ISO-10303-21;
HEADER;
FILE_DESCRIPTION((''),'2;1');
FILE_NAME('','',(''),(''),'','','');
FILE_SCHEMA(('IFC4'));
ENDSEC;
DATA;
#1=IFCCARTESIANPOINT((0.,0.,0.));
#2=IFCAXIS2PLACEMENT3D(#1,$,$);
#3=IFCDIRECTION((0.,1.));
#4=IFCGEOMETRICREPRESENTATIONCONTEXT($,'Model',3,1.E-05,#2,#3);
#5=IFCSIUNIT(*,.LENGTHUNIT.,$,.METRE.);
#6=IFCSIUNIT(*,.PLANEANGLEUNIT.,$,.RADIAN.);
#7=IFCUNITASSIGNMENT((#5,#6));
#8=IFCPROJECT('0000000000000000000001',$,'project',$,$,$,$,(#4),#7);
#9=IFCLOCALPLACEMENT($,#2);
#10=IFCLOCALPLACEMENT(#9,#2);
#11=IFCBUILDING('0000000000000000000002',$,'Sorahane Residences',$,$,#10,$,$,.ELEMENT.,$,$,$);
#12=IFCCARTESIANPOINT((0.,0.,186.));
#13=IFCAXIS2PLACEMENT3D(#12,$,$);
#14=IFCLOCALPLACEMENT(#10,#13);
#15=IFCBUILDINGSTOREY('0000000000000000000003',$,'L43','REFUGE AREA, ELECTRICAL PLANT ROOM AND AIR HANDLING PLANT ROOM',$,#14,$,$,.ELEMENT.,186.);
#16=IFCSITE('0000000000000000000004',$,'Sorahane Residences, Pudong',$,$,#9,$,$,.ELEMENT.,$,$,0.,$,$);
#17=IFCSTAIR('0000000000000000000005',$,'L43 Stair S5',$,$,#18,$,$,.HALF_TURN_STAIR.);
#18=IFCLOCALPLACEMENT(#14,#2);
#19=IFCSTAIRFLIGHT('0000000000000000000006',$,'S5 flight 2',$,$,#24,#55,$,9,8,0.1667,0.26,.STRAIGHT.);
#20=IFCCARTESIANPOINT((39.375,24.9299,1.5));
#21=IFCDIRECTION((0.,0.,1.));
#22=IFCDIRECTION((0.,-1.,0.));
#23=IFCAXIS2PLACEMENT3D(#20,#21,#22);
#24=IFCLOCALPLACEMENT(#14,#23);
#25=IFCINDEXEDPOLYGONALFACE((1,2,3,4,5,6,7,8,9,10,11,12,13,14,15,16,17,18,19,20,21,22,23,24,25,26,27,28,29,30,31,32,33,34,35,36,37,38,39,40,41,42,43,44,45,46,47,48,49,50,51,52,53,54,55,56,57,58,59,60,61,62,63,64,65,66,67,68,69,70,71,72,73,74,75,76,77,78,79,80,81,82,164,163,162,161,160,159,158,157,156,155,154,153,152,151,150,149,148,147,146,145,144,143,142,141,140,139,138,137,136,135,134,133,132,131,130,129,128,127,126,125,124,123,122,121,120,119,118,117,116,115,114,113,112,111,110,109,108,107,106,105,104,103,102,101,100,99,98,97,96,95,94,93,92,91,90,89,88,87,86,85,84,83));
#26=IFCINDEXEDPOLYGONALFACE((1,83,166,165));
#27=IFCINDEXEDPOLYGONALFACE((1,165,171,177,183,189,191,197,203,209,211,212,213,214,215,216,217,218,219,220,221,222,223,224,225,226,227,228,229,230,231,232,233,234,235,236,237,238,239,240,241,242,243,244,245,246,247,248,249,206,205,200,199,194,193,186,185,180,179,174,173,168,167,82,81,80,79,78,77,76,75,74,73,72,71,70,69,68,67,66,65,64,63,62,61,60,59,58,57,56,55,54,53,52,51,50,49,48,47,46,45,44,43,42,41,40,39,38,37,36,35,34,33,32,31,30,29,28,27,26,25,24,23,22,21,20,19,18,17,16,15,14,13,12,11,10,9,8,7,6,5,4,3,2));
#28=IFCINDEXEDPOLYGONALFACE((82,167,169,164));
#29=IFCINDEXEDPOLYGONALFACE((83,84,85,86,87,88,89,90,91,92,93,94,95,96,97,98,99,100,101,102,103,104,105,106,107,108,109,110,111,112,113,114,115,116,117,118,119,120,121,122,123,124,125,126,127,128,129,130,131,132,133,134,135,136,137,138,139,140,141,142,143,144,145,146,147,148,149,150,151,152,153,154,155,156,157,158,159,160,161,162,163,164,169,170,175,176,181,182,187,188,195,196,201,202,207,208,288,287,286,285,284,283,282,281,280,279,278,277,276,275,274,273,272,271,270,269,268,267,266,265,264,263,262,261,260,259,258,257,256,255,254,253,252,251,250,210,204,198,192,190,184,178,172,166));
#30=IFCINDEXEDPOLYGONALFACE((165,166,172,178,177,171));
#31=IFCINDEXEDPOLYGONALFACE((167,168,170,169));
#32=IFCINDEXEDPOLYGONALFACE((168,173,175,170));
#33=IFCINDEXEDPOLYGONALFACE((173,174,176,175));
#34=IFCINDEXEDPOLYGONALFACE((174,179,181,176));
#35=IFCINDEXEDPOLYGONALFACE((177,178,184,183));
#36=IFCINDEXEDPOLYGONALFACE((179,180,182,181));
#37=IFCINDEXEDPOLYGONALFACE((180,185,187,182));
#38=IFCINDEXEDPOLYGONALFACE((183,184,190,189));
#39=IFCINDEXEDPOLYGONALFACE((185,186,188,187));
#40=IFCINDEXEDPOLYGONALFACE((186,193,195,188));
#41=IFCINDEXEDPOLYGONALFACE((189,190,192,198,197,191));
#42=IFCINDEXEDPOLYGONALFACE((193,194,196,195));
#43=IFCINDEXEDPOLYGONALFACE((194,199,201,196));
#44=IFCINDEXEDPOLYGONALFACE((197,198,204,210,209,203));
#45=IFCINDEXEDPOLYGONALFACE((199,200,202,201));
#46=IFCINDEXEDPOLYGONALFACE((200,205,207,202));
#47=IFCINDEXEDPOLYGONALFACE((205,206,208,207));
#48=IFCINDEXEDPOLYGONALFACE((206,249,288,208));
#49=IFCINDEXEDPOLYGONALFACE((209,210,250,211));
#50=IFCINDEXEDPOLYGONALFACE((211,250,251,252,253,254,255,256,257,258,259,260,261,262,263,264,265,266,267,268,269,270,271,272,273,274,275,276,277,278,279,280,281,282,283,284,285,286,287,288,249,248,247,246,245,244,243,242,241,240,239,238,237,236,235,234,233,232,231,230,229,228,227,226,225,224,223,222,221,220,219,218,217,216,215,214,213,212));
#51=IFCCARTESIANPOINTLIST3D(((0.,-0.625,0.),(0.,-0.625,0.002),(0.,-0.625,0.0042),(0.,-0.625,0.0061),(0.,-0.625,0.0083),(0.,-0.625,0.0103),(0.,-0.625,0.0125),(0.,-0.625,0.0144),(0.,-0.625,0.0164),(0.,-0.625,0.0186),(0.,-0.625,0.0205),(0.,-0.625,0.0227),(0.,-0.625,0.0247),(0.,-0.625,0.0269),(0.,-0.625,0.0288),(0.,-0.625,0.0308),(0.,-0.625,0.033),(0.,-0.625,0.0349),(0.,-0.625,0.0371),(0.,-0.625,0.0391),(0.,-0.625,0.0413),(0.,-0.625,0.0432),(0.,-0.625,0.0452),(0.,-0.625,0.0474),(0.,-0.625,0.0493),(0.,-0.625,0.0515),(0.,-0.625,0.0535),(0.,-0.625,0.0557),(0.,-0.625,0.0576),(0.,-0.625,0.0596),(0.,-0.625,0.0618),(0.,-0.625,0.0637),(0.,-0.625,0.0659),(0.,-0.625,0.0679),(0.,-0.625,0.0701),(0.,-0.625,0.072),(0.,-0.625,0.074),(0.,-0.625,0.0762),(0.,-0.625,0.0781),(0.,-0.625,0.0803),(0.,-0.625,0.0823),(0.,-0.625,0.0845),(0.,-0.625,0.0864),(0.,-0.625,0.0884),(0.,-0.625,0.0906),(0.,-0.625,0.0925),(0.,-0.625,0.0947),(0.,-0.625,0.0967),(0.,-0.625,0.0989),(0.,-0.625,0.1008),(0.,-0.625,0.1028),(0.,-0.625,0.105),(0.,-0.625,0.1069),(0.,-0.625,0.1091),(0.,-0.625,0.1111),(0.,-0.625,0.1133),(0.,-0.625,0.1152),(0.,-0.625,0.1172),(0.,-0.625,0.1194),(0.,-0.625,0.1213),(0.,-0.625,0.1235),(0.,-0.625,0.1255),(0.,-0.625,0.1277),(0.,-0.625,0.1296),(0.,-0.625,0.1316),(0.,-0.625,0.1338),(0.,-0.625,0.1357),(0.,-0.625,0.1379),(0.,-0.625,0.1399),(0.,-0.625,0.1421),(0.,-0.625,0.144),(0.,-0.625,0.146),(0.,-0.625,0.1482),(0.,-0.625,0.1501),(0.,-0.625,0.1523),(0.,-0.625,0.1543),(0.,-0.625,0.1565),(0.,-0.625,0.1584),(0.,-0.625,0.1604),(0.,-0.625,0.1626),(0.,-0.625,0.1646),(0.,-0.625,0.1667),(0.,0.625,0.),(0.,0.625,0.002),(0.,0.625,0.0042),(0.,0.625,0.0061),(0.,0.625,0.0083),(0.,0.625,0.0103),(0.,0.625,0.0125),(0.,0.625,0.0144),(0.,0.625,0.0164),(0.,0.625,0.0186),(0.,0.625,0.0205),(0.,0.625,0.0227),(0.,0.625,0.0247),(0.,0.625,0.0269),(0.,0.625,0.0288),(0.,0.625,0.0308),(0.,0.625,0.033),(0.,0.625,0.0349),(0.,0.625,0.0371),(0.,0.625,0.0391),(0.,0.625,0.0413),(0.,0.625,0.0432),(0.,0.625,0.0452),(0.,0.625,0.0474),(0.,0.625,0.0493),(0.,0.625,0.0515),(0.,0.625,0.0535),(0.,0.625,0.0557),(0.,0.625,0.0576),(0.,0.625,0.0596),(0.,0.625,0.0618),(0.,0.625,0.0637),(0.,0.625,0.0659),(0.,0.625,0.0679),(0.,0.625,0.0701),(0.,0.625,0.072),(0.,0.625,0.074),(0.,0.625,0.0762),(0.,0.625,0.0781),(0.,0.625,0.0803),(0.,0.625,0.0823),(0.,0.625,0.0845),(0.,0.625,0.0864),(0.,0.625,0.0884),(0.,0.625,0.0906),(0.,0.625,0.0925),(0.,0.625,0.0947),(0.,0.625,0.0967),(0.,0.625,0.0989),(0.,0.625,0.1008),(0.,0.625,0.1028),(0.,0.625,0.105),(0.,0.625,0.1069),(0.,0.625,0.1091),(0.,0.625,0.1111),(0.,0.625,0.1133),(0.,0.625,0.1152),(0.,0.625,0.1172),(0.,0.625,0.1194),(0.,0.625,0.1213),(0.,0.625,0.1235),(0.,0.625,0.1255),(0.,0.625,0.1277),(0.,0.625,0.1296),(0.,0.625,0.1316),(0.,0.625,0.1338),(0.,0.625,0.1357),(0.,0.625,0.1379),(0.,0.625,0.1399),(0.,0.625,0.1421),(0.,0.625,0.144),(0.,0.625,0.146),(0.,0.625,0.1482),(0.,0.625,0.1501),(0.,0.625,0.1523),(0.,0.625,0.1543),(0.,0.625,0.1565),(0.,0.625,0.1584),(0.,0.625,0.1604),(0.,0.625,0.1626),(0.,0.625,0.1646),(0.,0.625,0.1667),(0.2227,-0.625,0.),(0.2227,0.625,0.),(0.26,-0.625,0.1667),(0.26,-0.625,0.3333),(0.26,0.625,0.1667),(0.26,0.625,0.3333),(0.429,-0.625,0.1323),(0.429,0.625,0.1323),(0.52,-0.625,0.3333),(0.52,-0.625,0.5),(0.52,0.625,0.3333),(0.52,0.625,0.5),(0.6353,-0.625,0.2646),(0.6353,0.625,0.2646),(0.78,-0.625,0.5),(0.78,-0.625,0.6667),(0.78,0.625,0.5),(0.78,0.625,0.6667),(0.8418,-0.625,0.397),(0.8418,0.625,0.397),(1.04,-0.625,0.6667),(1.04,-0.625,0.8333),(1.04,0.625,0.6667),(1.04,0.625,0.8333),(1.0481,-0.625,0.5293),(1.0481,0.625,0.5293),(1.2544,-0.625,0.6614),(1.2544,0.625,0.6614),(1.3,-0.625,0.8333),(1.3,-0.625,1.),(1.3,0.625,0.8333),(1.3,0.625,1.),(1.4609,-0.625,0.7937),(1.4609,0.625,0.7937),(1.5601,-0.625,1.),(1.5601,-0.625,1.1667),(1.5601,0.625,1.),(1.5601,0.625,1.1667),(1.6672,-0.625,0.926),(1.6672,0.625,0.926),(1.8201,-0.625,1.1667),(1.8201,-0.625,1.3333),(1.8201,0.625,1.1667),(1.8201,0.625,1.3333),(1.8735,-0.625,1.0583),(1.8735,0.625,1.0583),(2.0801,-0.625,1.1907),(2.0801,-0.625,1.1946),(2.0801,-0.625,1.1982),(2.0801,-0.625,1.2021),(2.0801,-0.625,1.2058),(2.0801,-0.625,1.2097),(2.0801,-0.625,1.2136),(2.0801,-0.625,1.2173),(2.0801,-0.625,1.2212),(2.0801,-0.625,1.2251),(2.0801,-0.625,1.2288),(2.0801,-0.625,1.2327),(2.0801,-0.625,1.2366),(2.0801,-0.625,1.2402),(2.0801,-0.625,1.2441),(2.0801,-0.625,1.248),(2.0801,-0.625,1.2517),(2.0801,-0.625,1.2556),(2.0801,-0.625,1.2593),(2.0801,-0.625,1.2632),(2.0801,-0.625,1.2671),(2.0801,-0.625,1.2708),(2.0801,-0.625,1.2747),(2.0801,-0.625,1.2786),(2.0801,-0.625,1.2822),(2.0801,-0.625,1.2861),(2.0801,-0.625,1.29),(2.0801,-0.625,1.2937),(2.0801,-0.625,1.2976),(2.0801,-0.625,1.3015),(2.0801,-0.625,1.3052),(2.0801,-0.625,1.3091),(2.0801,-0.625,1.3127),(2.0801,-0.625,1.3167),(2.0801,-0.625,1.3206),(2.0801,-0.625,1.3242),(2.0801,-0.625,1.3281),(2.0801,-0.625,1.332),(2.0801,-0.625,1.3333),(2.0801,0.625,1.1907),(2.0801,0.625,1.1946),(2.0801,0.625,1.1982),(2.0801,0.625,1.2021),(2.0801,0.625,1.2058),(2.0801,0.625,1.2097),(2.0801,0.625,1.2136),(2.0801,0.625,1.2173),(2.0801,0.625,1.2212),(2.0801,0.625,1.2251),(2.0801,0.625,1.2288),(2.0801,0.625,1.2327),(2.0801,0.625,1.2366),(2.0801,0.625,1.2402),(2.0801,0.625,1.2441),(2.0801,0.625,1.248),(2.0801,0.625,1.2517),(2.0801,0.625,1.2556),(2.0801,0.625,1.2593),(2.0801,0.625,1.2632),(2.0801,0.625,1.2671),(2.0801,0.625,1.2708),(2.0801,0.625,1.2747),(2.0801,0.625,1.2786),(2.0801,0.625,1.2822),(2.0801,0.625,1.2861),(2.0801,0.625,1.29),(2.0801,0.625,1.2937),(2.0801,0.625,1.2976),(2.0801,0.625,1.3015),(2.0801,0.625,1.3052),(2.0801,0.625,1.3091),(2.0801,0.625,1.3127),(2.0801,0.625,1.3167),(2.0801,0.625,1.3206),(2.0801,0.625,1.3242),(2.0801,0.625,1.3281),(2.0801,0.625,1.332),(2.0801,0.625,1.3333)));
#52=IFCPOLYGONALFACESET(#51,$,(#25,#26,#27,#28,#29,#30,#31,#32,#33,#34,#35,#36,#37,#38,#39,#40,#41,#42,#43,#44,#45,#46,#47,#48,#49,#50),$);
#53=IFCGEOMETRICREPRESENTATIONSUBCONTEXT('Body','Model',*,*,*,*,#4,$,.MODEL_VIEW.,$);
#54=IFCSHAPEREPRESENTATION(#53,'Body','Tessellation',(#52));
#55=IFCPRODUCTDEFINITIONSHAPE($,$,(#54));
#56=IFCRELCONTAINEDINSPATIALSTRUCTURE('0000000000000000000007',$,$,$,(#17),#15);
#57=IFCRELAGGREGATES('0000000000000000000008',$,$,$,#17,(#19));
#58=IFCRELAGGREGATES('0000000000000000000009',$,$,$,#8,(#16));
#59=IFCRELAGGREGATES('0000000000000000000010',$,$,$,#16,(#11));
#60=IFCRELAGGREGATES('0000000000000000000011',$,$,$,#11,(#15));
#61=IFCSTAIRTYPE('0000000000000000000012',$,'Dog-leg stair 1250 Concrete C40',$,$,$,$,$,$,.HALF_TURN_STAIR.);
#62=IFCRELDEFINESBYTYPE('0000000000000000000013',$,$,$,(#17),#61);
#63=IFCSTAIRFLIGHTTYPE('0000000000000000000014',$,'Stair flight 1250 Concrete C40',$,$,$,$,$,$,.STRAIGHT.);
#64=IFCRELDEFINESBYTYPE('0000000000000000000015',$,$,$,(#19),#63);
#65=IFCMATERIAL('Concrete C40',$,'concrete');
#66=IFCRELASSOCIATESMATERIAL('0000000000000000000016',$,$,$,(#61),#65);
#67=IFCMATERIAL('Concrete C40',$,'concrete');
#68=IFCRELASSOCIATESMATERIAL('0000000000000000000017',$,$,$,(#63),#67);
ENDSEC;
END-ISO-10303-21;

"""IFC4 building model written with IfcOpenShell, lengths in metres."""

from ifc_helpers import new_model, si_unit, direction, frame, origin, place, context, subcontext, project, spatial, polyline, outline, extrude, material, type_object, element, aggregate, save


model = new_model("IFC4")

# Units and contexts
model_context = context("Model", 3, precision=1e-05, world=origin(), true_north=direction((0.0, 1.0)))
body_context = subcontext(model_context, "Body", "Model", "MODEL_VIEW")
ifc_project = project(units=[si_unit("LENGTHUNIT", "METRE"), si_unit("PLANEANGLEUNIT", "RADIAN")], contexts=[model_context])

# Site, building, storey
site_placement = place(None, origin())
site = spatial("IfcSite", under=ifc_project, at=site_placement, Name="Sorahane Residences, Pudong", CompositionType="ELEMENT", RefElevation=0.0)
building_placement = place(site_placement, origin())
building = spatial("IfcBuilding", under=site, at=building_placement, Name="Sorahane Residences", CompositionType="ELEMENT")
storey_placement = place(building_placement, frame((0.0, 0.0, 186.0)))
storey = spatial("IfcBuildingStorey", under=building, at=storey_placement, Name="L43", Description="REFUGE AREA, ELECTRICAL PLANT ROOM AND AIR HANDLING PLANT ROOM", CompositionType="ELEMENT", Elevation=186.0)

# Shared definitions
ifc_material_1 = material(Name="Concrete C40", Category="concrete")
stair_type = type_object("IfcStairType", Name="Dog-leg stair 1250 Concrete C40", PredefinedType="HALF_TURN_STAIR", material=ifc_material_1)
ifc_material_2 = material(Name="Concrete C40", Category="concrete")
stair_flight_type = type_object("IfcStairFlightType", Name="Stair flight 1250 Concrete C40", PredefinedType="STRAIGHT", material=ifc_material_2)

# Stair, stair flight
stair_1_placement = place(storey_placement, origin())
stair_1 = element("IfcStair", 1, at=stair_1_placement, inside=storey, type_object=stair_type, Name="L43 Stair S5", PredefinedType="HALF_TURN_STAIR")
stair_flight_1_placement = place(storey_placement, frame((39.375, 24.9299, 1.5), z_axis=(0.0, 0.0, 1.0), x_axis=(0.0, -1.0, 0.0)))
stair_flight_1 = element("IfcStairFlight", 2, at=stair_flight_1_placement, type_object=stair_flight_type, Name="S5 flight 2", NumberOfRisers=9, NumberOfTreads=8, PredefinedType="STRAIGHT", RiserHeight=0.1667, TreadLength=0.26, context=body_context, shape_type="SweptSolid", body=[
    extrude(outline(polyline([(0.0, 0.0), (0.0, 0.002), (0.0, 0.0042), (0.0, 0.0061), (0.0, 0.0083), (0.0, 0.0103), (0.0, 0.0125), (0.0, 0.0144), (0.0, 0.0164), (0.0, 0.0186), (0.0, 0.0205), (0.0, 0.0227), (0.0, 0.0247), (0.0, 0.0269), (0.0, 0.0288), (0.0, 0.0308), (0.0, 0.033), (0.0, 0.0349), (0.0, 0.0371), (0.0, 0.0391), (0.0, 0.0413), (0.0, 0.0432), (0.0, 0.0452), (0.0, 0.0474), (0.0, 0.0493), (0.0, 0.0515), (0.0, 0.0535), (0.0, 0.0557), (0.0, 0.0576), (0.0, 0.0596), (0.0, 0.0618), (0.0, 0.0637), (0.0, 0.0659), (0.0, 0.0679), (0.0, 0.0701), (0.0, 0.072), (0.0, 0.074), (0.0, 0.0762), (0.0, 0.0781), (0.0, 0.0803), (0.0, 0.0823), (0.0, 0.0845), (0.0, 0.0864), (0.0, 0.0884), (0.0, 0.0906), (0.0, 0.0925), (0.0, 0.0947), (0.0, 0.0967), (0.0, 0.0989), (0.0, 0.1008), (0.0, 0.1028), (0.0, 0.105), (0.0, 0.1069), (0.0, 0.1091), (0.0, 0.1111), (0.0, 0.1133), (0.0, 0.1152), (0.0, 0.1172), (0.0, 0.1194), (0.0, 0.1213), (0.0, 0.1235), (0.0, 0.1255), (0.0, 0.1277), (0.0, 0.1296), (0.0, 0.1316), (0.0, 0.1338), (0.0, 0.1357), (0.0, 0.1379), (0.0, 0.1399), (0.0, 0.1421), (0.0, 0.144), (0.0, 0.146), (0.0, 0.1482), (0.0, 0.1501), (0.0, 0.1523), (0.0, 0.1543), (0.0, 0.1565), (0.0, 0.1584), (0.0, 0.1604), (0.0, 0.1626), (0.0, 0.1646), (0.0, 0.1667), (0.26, 0.1667), (0.26, 0.3333), (0.52, 0.3333), (0.52, 0.5), (0.78, 0.5), (0.78, 0.6667), (1.04, 0.6667), (1.04, 0.8333), (1.3, 0.8333), (1.3, 1.0), (1.5601, 1.0), (1.5601, 1.1667), (1.8201, 1.1667), (1.8201, 1.3333), (2.0801, 1.3333), (2.0801, 1.5), (2.0801, 1.4961), (2.0801, 1.4924), (2.0801, 1.4885), (2.0801, 1.4846), (2.0801, 1.481), (2.0801, 1.4771), (2.0801, 1.4731), (2.0801, 1.4695), (2.0801, 1.4656), (2.0801, 1.4619), (2.0801, 1.458), (2.0801, 1.4541), (2.0801, 1.4504), (2.0801, 1.4465), (2.0801, 1.4426), (2.0801, 1.439), (2.0801, 1.4351), (2.0801, 1.4312), (2.0801, 1.4275), (2.0801, 1.4236), (2.0801, 1.4197), (2.0801, 1.416), (2.0801, 1.4121), (2.0801, 1.4084), (2.0801, 1.4045), (2.0801, 1.4006), (2.0801, 1.397), (2.0801, 1.3931), (2.0801, 1.3892), (2.0801, 1.3855), (2.0801, 1.3816), (2.0801, 1.3777), (2.0801, 1.374), (2.0801, 1.3701), (2.0801, 1.3662), (2.0801, 1.3625), (2.0801, 1.3586), (2.0801, 1.355), (2.0801, 1.3511), (2.0801, 1.3472), (2.0801, 1.3435), (2.0801, 1.3396), (2.0801, 1.3357), (2.0801, 1.332), (2.0801, 1.3281), (2.0801, 1.3242), (2.0801, 1.3206), (2.0801, 1.3167), (2.0801, 1.3127), (2.0801, 1.3091), (2.0801, 1.3052), (2.0801, 1.3015), (2.0801, 1.2976), (2.0801, 1.2937), (2.0801, 1.29), (2.0801, 1.2861), (2.0801, 1.2822), (2.0801, 1.2786), (2.0801, 1.2747), (2.0801, 1.2708), (2.0801, 1.2671), (2.0801, 1.2632), (2.0801, 1.2593), (2.0801, 1.2556), (2.0801, 1.2517), (2.0801, 1.248), (2.0801, 1.2441), (2.0801, 1.2402), (2.0801, 1.2366), (2.0801, 1.2327), (2.0801, 1.2288), (2.0801, 1.2251), (2.0801, 1.2212), (2.0801, 1.2173), (2.0801, 1.2136), (2.0801, 1.2097), (2.0801, 1.2058), (2.0801, 1.2021), (2.0801, 1.1982), (2.0801, 1.1946), (2.0801, 1.1907), (1.8735, 1.0583), (1.6672, 0.926), (1.4609, 0.7937), (1.2544, 0.6614), (1.0481, 0.5293), (0.8418, 0.397), (0.6353, 0.2646), (0.429, 0.1323), (0.2227, 0.0), (0.0, 0.0)])), frame((0.0, 0.625, 0.0), z_axis=(0.0, -1.0, 0.0), x_axis=(1.0, 0.0, 0.0)), (0.0, 0.0, 1.0), 1.25),
])
aggregate(stair_1, [stair_flight_1])

save(model, "model.ifc")
